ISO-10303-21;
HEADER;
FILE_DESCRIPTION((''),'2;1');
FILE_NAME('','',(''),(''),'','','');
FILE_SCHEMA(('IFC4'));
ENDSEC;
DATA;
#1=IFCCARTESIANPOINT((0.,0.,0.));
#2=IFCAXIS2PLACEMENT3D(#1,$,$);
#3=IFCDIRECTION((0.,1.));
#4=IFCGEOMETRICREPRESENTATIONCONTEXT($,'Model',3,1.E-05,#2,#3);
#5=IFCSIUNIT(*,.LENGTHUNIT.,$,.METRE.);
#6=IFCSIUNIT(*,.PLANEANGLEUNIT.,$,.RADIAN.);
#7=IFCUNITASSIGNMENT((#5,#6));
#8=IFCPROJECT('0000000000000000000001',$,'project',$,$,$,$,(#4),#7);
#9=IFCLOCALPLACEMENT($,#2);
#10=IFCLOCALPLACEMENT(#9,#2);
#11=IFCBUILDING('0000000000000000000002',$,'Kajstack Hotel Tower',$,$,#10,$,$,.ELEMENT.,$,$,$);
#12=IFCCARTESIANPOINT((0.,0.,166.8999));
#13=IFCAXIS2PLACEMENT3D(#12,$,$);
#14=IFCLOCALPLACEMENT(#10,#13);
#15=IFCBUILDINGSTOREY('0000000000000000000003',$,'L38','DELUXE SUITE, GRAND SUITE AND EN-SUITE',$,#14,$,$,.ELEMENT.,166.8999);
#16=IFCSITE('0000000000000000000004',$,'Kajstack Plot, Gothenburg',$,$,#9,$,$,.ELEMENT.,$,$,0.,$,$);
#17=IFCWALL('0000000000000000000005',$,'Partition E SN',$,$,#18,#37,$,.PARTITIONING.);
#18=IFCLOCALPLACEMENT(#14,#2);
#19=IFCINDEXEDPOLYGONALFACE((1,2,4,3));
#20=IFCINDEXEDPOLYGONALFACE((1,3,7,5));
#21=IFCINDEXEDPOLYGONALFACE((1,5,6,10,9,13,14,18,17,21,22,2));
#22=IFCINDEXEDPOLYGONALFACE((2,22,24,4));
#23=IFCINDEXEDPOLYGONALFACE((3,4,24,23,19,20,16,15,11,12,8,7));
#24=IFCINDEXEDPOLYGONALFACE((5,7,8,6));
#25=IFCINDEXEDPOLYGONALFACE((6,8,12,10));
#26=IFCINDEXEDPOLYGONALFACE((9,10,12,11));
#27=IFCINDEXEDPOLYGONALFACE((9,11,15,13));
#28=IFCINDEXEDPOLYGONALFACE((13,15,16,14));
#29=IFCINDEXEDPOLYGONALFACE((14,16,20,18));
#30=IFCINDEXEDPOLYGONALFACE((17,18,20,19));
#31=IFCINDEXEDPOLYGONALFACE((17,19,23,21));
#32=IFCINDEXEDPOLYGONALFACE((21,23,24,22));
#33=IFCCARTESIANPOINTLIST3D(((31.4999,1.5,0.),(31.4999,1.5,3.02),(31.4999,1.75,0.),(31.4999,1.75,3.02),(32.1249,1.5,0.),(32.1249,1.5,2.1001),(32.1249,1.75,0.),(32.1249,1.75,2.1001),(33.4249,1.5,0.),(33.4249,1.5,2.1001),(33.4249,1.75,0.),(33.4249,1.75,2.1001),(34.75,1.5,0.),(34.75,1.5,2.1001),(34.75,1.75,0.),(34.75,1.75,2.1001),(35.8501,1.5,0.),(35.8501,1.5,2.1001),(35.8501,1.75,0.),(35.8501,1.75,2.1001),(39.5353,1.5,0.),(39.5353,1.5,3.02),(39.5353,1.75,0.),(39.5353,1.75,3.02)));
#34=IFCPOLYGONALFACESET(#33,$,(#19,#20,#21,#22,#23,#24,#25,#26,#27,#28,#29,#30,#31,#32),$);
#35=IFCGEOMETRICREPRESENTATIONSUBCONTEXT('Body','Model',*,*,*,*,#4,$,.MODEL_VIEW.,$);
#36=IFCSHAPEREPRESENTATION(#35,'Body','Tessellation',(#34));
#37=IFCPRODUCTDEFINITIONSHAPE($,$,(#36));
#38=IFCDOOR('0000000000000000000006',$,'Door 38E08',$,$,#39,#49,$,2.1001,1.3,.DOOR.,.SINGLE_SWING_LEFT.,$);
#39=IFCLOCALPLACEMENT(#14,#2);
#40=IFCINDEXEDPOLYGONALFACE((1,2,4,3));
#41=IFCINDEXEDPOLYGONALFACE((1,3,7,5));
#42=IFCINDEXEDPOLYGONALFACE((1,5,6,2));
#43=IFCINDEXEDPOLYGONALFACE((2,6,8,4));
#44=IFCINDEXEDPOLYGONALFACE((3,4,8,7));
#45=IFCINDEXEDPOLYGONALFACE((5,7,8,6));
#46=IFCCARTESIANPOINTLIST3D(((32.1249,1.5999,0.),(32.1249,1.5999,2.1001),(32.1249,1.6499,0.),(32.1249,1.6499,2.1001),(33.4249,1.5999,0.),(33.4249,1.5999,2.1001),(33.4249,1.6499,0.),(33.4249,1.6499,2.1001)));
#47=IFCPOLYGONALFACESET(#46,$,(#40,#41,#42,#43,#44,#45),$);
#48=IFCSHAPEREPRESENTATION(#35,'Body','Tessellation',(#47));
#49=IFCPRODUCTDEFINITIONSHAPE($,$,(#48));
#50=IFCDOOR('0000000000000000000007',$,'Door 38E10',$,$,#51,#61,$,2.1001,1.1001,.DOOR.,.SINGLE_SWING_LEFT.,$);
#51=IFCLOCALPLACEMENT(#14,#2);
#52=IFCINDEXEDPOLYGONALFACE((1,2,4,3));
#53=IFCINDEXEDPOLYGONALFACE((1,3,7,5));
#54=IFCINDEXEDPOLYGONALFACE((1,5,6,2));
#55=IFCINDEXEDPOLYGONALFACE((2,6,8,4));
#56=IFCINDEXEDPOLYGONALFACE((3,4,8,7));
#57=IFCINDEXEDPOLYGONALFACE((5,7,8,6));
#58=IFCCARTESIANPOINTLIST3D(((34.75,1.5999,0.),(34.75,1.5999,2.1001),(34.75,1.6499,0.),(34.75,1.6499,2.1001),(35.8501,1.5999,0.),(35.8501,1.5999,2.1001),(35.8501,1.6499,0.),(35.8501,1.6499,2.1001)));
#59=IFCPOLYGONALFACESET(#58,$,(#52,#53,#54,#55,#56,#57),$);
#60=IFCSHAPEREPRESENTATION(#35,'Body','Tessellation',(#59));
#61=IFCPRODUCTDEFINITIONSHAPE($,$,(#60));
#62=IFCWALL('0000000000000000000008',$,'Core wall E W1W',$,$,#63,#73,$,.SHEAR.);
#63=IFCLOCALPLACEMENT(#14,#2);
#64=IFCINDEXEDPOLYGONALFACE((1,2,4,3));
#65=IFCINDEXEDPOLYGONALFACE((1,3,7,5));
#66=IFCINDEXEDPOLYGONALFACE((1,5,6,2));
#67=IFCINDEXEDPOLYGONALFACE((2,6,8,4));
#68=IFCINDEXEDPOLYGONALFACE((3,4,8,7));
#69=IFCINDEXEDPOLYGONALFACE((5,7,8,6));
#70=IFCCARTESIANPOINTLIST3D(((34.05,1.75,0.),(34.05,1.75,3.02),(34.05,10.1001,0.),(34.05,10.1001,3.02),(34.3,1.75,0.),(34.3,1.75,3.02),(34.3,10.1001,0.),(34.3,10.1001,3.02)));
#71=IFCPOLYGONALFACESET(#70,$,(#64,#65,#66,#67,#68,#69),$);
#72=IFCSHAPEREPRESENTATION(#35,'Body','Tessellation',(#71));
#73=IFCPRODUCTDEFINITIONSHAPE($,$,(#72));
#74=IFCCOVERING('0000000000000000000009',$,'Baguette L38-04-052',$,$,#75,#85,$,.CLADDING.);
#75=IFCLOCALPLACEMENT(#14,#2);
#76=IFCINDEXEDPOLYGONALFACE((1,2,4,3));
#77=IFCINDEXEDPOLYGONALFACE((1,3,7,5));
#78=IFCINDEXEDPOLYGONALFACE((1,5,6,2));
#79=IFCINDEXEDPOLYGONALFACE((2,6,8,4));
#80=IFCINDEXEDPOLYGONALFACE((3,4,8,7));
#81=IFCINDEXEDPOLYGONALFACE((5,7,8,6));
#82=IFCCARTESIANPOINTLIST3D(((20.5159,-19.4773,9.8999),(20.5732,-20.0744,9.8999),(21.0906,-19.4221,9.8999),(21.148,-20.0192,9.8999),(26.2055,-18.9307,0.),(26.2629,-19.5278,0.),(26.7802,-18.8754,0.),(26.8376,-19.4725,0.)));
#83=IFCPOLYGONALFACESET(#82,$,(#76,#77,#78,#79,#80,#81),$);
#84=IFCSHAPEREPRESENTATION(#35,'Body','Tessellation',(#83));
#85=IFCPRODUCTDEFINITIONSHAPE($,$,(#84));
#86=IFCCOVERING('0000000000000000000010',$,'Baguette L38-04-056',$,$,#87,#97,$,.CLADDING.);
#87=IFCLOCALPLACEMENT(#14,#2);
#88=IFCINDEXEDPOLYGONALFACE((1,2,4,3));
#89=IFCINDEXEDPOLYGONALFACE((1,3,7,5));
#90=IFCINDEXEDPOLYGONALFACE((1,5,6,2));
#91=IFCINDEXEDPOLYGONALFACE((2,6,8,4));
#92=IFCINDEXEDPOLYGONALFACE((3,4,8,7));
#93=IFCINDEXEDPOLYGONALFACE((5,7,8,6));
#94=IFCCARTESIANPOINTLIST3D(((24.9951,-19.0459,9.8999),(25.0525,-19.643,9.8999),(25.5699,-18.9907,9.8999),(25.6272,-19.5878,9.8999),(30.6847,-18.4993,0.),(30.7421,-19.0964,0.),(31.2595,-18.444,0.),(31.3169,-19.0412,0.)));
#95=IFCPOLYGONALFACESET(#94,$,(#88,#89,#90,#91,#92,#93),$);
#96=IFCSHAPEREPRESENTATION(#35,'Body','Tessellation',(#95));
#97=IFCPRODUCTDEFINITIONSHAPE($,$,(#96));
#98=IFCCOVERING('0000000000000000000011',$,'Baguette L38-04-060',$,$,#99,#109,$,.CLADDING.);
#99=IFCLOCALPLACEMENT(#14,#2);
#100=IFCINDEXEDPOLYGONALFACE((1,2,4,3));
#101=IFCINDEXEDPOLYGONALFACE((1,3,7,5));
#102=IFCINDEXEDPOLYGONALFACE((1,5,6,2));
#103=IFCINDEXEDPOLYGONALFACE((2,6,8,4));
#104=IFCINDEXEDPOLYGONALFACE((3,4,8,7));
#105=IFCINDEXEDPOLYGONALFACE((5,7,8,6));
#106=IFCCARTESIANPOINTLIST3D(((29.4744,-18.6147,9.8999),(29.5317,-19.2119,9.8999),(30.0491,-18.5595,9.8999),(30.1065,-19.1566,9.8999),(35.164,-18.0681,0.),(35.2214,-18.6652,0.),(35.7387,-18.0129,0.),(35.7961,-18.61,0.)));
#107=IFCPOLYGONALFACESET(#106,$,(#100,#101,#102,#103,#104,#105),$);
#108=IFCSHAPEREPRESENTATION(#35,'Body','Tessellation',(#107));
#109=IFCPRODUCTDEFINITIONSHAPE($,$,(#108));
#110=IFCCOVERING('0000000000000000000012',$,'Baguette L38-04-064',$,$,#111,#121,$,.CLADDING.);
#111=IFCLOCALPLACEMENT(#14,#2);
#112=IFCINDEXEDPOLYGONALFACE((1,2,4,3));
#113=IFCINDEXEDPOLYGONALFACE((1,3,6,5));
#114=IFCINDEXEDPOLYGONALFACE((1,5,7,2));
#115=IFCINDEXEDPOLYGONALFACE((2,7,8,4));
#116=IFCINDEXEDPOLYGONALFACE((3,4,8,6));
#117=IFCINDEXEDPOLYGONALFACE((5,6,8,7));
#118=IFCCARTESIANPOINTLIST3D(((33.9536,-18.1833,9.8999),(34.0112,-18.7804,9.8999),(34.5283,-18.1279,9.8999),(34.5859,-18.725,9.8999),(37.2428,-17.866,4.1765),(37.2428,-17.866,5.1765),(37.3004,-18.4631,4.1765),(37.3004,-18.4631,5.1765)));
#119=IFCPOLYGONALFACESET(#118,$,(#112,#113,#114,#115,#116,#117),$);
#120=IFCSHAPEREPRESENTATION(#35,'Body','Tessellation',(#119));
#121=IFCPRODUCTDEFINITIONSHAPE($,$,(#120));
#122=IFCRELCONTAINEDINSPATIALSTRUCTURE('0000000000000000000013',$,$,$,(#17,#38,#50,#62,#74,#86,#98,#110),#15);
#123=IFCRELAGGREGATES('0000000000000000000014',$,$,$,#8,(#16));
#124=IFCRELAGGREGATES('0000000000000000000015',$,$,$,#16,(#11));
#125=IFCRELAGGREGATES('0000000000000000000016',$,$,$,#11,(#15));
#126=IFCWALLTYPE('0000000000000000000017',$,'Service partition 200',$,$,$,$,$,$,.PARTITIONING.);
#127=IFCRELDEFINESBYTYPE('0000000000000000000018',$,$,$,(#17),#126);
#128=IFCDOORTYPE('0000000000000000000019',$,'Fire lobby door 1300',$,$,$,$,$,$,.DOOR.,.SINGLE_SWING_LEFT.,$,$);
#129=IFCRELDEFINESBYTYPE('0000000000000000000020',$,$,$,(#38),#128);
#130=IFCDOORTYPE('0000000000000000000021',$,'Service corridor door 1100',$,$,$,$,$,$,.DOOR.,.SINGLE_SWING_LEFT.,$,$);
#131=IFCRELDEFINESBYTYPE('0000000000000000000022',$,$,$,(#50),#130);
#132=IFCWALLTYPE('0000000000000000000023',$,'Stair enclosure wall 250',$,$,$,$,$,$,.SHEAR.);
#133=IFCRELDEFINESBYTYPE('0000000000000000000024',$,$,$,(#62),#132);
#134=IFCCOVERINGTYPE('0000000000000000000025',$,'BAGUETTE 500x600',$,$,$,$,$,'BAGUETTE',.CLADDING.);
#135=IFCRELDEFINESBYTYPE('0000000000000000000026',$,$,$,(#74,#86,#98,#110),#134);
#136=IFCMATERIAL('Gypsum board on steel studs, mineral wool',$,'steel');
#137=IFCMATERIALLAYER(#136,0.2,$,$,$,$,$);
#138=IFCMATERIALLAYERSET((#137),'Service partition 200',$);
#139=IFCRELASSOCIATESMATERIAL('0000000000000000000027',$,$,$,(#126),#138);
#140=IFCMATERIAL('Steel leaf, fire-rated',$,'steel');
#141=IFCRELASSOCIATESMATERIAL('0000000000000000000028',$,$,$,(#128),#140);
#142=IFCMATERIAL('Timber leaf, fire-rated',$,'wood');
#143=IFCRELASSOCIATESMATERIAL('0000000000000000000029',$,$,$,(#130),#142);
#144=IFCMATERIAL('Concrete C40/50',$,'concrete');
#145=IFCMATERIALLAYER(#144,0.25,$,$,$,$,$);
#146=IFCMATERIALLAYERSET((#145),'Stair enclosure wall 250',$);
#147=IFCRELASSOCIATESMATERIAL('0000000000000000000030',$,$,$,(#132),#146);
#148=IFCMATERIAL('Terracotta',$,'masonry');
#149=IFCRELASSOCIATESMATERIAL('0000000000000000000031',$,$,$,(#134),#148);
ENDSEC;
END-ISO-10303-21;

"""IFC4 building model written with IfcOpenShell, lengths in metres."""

from ifc_helpers import new_model, si_unit, direction, frame, frame_2d, origin, origin_2d, place, context, subcontext, project, spatial, polyline, rectangle, outline, extrude, material, layer, layer_set, material_profile, profile_set, type_object, element, fill, save


model = new_model("IFC4")

# Units and contexts
model_context = context("Model", 3, precision=1e-05, world=origin(), true_north=direction((0.0, 1.0)))
body_context = subcontext(model_context, "Body", "Model", "MODEL_VIEW")
ifc_project = project(units=[si_unit("LENGTHUNIT", "METRE"), si_unit("PLANEANGLEUNIT", "RADIAN")], contexts=[model_context])

# Site, building, storey
site_placement = place(None, origin())
site = spatial("IfcSite", under=ifc_project, at=site_placement, Name="Kajstack Plot, Gothenburg", CompositionType="ELEMENT", RefElevation=0.0)
building_placement = place(site_placement, origin())
building = spatial("IfcBuilding", under=site, at=building_placement, Name="Kajstack Hotel Tower", CompositionType="ELEMENT")
storey_placement = place(building_placement, frame((0.0, 0.0, 166.8999)))
storey = spatial("IfcBuildingStorey", under=building, at=storey_placement, Name="L38", Description="DELUXE SUITE, GRAND SUITE AND EN-SUITE", CompositionType="ELEMENT", Elevation=166.8999)

# Wall, openings, doors
ifc_material_1 = material(Name="Gypsum board on steel studs, mineral wool", Category="steel")
ifc_layer_1 = layer(ifc_material_1, 0.2)
ifc_layer_set_1 = layer_set([ifc_layer_1], Name="Service partition 200")
wall_type_1 = type_object("IfcWallType", Name="Service partition 200", PredefinedType="PARTITIONING", material=ifc_layer_set_1)
wall_1_placement = place(storey_placement, frame((31.5, 1.625, 0.0), z_axis=(0.0, 0.0, 1.0), x_axis=(1.0, 0.0, 0.0)))
wall_1 = element("IfcWall", 1, at=wall_1_placement, inside=storey, type_object=wall_type_1, Name="Partition E SN", PredefinedType="PARTITIONING", context=body_context, shape_type="SweptSolid", body=[
    extrude(rectangle(XDim=8.0354, YDim=0.25, at=frame_2d((4.0176, 0.0))), origin(), (0.0, 0.0, 1.0), 3.02),
])
opening_1_placement = place(wall_1_placement, frame((0.625, 0.0, 0.0)))
opening_1 = element("IfcOpeningElement", 2, at=opening_1_placement, cuts=wall_1, PredefinedType="OPENING", context=body_context, shape_type="SweptSolid", body=[
    extrude(rectangle(XDim=1.3, YDim=2.1001, at=frame_2d((0.6499, 1.05))), frame((0.0, 0.135, 0.0), z_axis=(0.0, -1.0, 0.0), x_axis=(1.0, 0.0, 0.0)), (0.0, 0.0, 1.0), 0.27),
])
opening_2_placement = place(wall_1_placement, frame((3.25, 0.0, 0.0)))
opening_2 = element("IfcOpeningElement", 3, at=opening_2_placement, cuts=wall_1, PredefinedType="OPENING", context=body_context, shape_type="SweptSolid", body=[
    extrude(rectangle(XDim=1.1001, YDim=2.1001, at=frame_2d((0.55, 1.05))), frame((0.0, 0.135, 0.0), z_axis=(0.0, -1.0, 0.0), x_axis=(1.0, 0.0, 0.0)), (0.0, 0.0, 1.0), 0.27),
])
ifc_material_2 = material(Name="Steel leaf, fire-rated", Category="steel")
door_type_1 = type_object("IfcDoorType", Name="Fire lobby door 1300", OperationType="SINGLE_SWING_LEFT", PredefinedType="DOOR", material=ifc_material_2)
door_1_placement = place(opening_1_placement, origin())
door_1 = element("IfcDoor", 4, at=door_1_placement, inside=storey, type_object=door_type_1, Name="Door 38E08", OperationType="SINGLE_SWING_LEFT", OverallHeight=2.1001, OverallWidth=1.3, PredefinedType="DOOR", context=body_context, shape_type="SweptSolid", body=[
    extrude(rectangle(XDim=1.3, YDim=2.1001, at=frame_2d((0.6499, 1.05))), frame((0.0, 0.0249, 0.0), z_axis=(0.0, -1.0, 0.0), x_axis=(1.0, 0.0, 0.0)), (0.0, 0.0, 1.0), 0.05),
])
fill(opening_1, door_1)
ifc_material_3 = material(Name="Timber leaf, fire-rated", Category="wood")
door_type_2 = type_object("IfcDoorType", Name="Service corridor door 1100", OperationType="SINGLE_SWING_LEFT", PredefinedType="DOOR", material=ifc_material_3)
door_2_placement = place(opening_2_placement, origin())
door_2 = element("IfcDoor", 5, at=door_2_placement, inside=storey, type_object=door_type_2, Name="Door 38E10", OperationType="SINGLE_SWING_LEFT", OverallHeight=2.1001, OverallWidth=1.1001, PredefinedType="DOOR", context=body_context, shape_type="SweptSolid", body=[
    extrude(rectangle(XDim=1.1001, YDim=2.1001, at=frame_2d((0.55, 1.05))), frame((0.0, 0.0249, 0.0), z_axis=(0.0, -1.0, 0.0), x_axis=(1.0, 0.0, 0.0)), (0.0, 0.0, 1.0), 0.05),
])
fill(opening_2, door_2)

# Wall
ifc_material_4 = material(Name="Concrete C40/50", Category="concrete")
ifc_layer_2 = layer(ifc_material_4, 0.25)
ifc_layer_set_2 = layer_set([ifc_layer_2], Name="Stair enclosure wall 250")
wall_type_2 = type_object("IfcWallType", Name="Stair enclosure wall 250", PredefinedType="SHEAR", material=ifc_layer_set_2)
wall_2_placement = place(storey_placement, frame((34.175, 1.75, 0.0), z_axis=(0.0, 0.0, 1.0), x_axis=(0.0, 1.0, 0.0)))
element("IfcWall", 6, at=wall_2_placement, inside=storey, type_object=wall_type_2, Name="Core wall E W1W", PredefinedType="SHEAR", context=body_context, shape_type="SweptSolid", body=[
    extrude(rectangle(XDim=8.3501, YDim=0.25, at=frame_2d((4.175, 0.0))), origin(), (0.0, 0.0, 1.0), 3.02),
])

# Coverings
ifc_material_5 = material(Name="Terracotta", Category="masonry")
ifc_material_profile = material_profile(ifc_material_5, rectangle(XDim=0.6001, YDim=0.5, at=origin_2d()), Name="Terracotta-clad concrete baguette 500 x 600")
ifc_profile_set = profile_set([ifc_material_profile], Name="Terracotta")
covering_type = type_object("IfcCoveringType", Name="BAGUETTE 500x600", ElementType="BAGUETTE", PredefinedType="CLADDING", material=ifc_profile_set)
for number, where, z_axis, x_axis, name in (
    (7, (20.5159, -19.4773, 0.0), (0.095635, -0.995416, 0.0), (0.995416, 0.095635, 0.0), "Baguette L38-04-052"),
    (8, (24.9951, -19.0459, 0.0), (0.095635, -0.995416, 0.0), (0.995416, 0.095635, 0.0), "Baguette L38-04-056"),
    (9, (29.4744, -18.6147, 0.0), (0.095635, -0.995416, 0.0), (0.995416, 0.095635, 0.0), "Baguette L38-04-060"),
):
    element("IfcCovering", number, at=place(storey_placement, frame(where, z_axis=z_axis, x_axis=x_axis)), inside=storey, type_object=covering_type, Name=name, PredefinedType="CLADDING", context=body_context, shape_type="SweptSolid", body=[
        extrude(outline(polyline([(0.0, 9.8999), (5.7158, 0.0), (6.2932, 0.0), (0.5774, 9.8999), (0.0, 9.8999)])), origin(), (0.0, 0.0, 1.0), 0.5999),
    ])
covering_placement = place(storey_placement, frame((33.9536, -18.1833, 0.0), z_axis=(0.096038, -0.995378, 0.0), x_axis=(0.995378, 0.096038, 0.0)))
element("IfcCovering", 10, at=covering_placement, inside=storey, type_object=covering_type, Name="Baguette L38-04-064", PredefinedType="CLADDING", context=body_context, shape_type="SweptSolid", body=[
    extrude(outline(polyline([(0.0, 9.8999), (3.3044, 4.1765), (3.3044, 5.1765), (0.5774, 9.8999), (0.0, 9.8999)])), origin(), (0.0, 0.0, 1.0), 0.5999),
])

save(model, "model.ifc")
